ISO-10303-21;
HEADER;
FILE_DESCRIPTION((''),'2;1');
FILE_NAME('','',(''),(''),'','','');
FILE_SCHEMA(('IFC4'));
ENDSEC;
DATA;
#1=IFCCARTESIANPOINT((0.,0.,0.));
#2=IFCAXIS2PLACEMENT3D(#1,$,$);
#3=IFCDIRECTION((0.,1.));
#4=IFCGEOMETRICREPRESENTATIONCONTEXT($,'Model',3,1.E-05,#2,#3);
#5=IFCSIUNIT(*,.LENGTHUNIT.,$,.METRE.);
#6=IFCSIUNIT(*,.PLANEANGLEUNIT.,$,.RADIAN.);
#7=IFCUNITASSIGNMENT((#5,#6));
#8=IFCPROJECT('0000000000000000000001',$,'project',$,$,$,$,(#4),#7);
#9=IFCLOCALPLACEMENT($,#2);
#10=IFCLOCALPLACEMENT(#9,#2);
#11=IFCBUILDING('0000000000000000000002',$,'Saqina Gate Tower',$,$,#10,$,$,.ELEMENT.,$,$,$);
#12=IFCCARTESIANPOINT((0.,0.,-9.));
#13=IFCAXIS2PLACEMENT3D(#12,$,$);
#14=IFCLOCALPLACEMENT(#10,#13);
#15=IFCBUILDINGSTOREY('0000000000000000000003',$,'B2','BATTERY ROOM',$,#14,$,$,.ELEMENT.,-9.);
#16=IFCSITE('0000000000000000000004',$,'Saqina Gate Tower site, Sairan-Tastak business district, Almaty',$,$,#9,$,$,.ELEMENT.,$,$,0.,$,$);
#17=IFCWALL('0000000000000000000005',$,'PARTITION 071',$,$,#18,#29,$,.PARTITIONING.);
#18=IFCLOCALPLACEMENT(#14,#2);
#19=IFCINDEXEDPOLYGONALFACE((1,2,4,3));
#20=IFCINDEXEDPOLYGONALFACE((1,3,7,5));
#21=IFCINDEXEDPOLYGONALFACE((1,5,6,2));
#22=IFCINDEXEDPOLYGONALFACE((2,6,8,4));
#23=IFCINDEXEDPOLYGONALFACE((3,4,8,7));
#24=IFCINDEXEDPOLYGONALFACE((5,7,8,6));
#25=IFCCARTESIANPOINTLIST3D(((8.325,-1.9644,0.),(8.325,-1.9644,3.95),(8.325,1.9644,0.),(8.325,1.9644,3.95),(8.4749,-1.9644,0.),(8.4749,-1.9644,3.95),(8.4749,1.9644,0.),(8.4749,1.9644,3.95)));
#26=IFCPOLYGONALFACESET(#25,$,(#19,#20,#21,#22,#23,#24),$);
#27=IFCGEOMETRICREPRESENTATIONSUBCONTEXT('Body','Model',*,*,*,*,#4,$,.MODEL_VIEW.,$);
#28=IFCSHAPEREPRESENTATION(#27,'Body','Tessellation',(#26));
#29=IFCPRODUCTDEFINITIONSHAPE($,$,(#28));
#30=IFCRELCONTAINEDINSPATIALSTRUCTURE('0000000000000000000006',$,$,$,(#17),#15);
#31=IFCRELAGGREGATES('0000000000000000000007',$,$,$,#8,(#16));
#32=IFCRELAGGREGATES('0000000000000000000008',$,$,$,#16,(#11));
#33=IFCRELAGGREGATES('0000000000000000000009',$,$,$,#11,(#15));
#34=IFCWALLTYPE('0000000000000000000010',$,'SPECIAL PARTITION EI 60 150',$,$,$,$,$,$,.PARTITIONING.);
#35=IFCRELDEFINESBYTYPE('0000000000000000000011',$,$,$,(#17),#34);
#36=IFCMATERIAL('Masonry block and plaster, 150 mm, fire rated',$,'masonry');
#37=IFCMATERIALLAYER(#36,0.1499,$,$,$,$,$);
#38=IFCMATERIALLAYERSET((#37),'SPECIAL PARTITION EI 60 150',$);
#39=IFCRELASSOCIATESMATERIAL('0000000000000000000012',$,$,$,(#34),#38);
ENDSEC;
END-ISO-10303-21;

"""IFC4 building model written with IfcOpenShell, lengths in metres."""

from ifc_helpers import new_model, si_unit, direction, frame, frame_2d, origin, place, context, subcontext, project, spatial, rectangle, extrude, material, layer, layer_set, type_object, element, save


model = new_model("IFC4")

# Units and contexts
model_context = context("Model", 3, precision=1e-05, world=origin(), true_north=direction((0.0, 1.0)))
body_context = subcontext(model_context, "Body", "Model", "MODEL_VIEW")
ifc_project = project(units=[si_unit("LENGTHUNIT", "METRE"), si_unit("PLANEANGLEUNIT", "RADIAN")], contexts=[model_context])

# Site, building, storey
site_placement = place(None, origin())
site = spatial("IfcSite", under=ifc_project, at=site_placement, Name="Saqina Gate Tower site, Sairan-Tastak business district, Almaty", CompositionType="ELEMENT", RefElevation=0.0)
building_placement = place(site_placement, origin())
building = spatial("IfcBuilding", under=site, at=building_placement, Name="Saqina Gate Tower", CompositionType="ELEMENT")
storey_placement = place(building_placement, frame((0.0, 0.0, -9.0)))
storey = spatial("IfcBuildingStorey", under=building, at=storey_placement, Name="B2", Description="BATTERY ROOM", CompositionType="ELEMENT", Elevation=-9.0)

# Wall
ifc_material_1 = material(Name="Masonry block and plaster, 150 mm, fire rated", Category="masonry")
ifc_layer_1 = layer(ifc_material_1, 0.1499)
ifc_layer_set_1 = layer_set([ifc_layer_1], Name="SPECIAL PARTITION EI 60 150")
wall_type = type_object("IfcWallType", Name="SPECIAL PARTITION EI 60 150", PredefinedType="PARTITIONING", material=ifc_layer_set_1)
wall_placement = place(storey_placement, frame((8.3999, -1.9644, 0.0), z_axis=(0.0, 0.0, 1.0), x_axis=(0.0, 1.0, 0.0)))
element("IfcWall", 1, at=wall_placement, inside=storey, type_object=wall_type, Name="PARTITION 071", PredefinedType="PARTITIONING", context=body_context, shape_type="SweptSolid", body=[
    extrude(rectangle(XDim=3.9287, YDim=0.1499, at=frame_2d((1.9644, 0.0))), origin(), (0.0, 0.0, 1.0), 3.95),
])

save(model, "model.ifc")
